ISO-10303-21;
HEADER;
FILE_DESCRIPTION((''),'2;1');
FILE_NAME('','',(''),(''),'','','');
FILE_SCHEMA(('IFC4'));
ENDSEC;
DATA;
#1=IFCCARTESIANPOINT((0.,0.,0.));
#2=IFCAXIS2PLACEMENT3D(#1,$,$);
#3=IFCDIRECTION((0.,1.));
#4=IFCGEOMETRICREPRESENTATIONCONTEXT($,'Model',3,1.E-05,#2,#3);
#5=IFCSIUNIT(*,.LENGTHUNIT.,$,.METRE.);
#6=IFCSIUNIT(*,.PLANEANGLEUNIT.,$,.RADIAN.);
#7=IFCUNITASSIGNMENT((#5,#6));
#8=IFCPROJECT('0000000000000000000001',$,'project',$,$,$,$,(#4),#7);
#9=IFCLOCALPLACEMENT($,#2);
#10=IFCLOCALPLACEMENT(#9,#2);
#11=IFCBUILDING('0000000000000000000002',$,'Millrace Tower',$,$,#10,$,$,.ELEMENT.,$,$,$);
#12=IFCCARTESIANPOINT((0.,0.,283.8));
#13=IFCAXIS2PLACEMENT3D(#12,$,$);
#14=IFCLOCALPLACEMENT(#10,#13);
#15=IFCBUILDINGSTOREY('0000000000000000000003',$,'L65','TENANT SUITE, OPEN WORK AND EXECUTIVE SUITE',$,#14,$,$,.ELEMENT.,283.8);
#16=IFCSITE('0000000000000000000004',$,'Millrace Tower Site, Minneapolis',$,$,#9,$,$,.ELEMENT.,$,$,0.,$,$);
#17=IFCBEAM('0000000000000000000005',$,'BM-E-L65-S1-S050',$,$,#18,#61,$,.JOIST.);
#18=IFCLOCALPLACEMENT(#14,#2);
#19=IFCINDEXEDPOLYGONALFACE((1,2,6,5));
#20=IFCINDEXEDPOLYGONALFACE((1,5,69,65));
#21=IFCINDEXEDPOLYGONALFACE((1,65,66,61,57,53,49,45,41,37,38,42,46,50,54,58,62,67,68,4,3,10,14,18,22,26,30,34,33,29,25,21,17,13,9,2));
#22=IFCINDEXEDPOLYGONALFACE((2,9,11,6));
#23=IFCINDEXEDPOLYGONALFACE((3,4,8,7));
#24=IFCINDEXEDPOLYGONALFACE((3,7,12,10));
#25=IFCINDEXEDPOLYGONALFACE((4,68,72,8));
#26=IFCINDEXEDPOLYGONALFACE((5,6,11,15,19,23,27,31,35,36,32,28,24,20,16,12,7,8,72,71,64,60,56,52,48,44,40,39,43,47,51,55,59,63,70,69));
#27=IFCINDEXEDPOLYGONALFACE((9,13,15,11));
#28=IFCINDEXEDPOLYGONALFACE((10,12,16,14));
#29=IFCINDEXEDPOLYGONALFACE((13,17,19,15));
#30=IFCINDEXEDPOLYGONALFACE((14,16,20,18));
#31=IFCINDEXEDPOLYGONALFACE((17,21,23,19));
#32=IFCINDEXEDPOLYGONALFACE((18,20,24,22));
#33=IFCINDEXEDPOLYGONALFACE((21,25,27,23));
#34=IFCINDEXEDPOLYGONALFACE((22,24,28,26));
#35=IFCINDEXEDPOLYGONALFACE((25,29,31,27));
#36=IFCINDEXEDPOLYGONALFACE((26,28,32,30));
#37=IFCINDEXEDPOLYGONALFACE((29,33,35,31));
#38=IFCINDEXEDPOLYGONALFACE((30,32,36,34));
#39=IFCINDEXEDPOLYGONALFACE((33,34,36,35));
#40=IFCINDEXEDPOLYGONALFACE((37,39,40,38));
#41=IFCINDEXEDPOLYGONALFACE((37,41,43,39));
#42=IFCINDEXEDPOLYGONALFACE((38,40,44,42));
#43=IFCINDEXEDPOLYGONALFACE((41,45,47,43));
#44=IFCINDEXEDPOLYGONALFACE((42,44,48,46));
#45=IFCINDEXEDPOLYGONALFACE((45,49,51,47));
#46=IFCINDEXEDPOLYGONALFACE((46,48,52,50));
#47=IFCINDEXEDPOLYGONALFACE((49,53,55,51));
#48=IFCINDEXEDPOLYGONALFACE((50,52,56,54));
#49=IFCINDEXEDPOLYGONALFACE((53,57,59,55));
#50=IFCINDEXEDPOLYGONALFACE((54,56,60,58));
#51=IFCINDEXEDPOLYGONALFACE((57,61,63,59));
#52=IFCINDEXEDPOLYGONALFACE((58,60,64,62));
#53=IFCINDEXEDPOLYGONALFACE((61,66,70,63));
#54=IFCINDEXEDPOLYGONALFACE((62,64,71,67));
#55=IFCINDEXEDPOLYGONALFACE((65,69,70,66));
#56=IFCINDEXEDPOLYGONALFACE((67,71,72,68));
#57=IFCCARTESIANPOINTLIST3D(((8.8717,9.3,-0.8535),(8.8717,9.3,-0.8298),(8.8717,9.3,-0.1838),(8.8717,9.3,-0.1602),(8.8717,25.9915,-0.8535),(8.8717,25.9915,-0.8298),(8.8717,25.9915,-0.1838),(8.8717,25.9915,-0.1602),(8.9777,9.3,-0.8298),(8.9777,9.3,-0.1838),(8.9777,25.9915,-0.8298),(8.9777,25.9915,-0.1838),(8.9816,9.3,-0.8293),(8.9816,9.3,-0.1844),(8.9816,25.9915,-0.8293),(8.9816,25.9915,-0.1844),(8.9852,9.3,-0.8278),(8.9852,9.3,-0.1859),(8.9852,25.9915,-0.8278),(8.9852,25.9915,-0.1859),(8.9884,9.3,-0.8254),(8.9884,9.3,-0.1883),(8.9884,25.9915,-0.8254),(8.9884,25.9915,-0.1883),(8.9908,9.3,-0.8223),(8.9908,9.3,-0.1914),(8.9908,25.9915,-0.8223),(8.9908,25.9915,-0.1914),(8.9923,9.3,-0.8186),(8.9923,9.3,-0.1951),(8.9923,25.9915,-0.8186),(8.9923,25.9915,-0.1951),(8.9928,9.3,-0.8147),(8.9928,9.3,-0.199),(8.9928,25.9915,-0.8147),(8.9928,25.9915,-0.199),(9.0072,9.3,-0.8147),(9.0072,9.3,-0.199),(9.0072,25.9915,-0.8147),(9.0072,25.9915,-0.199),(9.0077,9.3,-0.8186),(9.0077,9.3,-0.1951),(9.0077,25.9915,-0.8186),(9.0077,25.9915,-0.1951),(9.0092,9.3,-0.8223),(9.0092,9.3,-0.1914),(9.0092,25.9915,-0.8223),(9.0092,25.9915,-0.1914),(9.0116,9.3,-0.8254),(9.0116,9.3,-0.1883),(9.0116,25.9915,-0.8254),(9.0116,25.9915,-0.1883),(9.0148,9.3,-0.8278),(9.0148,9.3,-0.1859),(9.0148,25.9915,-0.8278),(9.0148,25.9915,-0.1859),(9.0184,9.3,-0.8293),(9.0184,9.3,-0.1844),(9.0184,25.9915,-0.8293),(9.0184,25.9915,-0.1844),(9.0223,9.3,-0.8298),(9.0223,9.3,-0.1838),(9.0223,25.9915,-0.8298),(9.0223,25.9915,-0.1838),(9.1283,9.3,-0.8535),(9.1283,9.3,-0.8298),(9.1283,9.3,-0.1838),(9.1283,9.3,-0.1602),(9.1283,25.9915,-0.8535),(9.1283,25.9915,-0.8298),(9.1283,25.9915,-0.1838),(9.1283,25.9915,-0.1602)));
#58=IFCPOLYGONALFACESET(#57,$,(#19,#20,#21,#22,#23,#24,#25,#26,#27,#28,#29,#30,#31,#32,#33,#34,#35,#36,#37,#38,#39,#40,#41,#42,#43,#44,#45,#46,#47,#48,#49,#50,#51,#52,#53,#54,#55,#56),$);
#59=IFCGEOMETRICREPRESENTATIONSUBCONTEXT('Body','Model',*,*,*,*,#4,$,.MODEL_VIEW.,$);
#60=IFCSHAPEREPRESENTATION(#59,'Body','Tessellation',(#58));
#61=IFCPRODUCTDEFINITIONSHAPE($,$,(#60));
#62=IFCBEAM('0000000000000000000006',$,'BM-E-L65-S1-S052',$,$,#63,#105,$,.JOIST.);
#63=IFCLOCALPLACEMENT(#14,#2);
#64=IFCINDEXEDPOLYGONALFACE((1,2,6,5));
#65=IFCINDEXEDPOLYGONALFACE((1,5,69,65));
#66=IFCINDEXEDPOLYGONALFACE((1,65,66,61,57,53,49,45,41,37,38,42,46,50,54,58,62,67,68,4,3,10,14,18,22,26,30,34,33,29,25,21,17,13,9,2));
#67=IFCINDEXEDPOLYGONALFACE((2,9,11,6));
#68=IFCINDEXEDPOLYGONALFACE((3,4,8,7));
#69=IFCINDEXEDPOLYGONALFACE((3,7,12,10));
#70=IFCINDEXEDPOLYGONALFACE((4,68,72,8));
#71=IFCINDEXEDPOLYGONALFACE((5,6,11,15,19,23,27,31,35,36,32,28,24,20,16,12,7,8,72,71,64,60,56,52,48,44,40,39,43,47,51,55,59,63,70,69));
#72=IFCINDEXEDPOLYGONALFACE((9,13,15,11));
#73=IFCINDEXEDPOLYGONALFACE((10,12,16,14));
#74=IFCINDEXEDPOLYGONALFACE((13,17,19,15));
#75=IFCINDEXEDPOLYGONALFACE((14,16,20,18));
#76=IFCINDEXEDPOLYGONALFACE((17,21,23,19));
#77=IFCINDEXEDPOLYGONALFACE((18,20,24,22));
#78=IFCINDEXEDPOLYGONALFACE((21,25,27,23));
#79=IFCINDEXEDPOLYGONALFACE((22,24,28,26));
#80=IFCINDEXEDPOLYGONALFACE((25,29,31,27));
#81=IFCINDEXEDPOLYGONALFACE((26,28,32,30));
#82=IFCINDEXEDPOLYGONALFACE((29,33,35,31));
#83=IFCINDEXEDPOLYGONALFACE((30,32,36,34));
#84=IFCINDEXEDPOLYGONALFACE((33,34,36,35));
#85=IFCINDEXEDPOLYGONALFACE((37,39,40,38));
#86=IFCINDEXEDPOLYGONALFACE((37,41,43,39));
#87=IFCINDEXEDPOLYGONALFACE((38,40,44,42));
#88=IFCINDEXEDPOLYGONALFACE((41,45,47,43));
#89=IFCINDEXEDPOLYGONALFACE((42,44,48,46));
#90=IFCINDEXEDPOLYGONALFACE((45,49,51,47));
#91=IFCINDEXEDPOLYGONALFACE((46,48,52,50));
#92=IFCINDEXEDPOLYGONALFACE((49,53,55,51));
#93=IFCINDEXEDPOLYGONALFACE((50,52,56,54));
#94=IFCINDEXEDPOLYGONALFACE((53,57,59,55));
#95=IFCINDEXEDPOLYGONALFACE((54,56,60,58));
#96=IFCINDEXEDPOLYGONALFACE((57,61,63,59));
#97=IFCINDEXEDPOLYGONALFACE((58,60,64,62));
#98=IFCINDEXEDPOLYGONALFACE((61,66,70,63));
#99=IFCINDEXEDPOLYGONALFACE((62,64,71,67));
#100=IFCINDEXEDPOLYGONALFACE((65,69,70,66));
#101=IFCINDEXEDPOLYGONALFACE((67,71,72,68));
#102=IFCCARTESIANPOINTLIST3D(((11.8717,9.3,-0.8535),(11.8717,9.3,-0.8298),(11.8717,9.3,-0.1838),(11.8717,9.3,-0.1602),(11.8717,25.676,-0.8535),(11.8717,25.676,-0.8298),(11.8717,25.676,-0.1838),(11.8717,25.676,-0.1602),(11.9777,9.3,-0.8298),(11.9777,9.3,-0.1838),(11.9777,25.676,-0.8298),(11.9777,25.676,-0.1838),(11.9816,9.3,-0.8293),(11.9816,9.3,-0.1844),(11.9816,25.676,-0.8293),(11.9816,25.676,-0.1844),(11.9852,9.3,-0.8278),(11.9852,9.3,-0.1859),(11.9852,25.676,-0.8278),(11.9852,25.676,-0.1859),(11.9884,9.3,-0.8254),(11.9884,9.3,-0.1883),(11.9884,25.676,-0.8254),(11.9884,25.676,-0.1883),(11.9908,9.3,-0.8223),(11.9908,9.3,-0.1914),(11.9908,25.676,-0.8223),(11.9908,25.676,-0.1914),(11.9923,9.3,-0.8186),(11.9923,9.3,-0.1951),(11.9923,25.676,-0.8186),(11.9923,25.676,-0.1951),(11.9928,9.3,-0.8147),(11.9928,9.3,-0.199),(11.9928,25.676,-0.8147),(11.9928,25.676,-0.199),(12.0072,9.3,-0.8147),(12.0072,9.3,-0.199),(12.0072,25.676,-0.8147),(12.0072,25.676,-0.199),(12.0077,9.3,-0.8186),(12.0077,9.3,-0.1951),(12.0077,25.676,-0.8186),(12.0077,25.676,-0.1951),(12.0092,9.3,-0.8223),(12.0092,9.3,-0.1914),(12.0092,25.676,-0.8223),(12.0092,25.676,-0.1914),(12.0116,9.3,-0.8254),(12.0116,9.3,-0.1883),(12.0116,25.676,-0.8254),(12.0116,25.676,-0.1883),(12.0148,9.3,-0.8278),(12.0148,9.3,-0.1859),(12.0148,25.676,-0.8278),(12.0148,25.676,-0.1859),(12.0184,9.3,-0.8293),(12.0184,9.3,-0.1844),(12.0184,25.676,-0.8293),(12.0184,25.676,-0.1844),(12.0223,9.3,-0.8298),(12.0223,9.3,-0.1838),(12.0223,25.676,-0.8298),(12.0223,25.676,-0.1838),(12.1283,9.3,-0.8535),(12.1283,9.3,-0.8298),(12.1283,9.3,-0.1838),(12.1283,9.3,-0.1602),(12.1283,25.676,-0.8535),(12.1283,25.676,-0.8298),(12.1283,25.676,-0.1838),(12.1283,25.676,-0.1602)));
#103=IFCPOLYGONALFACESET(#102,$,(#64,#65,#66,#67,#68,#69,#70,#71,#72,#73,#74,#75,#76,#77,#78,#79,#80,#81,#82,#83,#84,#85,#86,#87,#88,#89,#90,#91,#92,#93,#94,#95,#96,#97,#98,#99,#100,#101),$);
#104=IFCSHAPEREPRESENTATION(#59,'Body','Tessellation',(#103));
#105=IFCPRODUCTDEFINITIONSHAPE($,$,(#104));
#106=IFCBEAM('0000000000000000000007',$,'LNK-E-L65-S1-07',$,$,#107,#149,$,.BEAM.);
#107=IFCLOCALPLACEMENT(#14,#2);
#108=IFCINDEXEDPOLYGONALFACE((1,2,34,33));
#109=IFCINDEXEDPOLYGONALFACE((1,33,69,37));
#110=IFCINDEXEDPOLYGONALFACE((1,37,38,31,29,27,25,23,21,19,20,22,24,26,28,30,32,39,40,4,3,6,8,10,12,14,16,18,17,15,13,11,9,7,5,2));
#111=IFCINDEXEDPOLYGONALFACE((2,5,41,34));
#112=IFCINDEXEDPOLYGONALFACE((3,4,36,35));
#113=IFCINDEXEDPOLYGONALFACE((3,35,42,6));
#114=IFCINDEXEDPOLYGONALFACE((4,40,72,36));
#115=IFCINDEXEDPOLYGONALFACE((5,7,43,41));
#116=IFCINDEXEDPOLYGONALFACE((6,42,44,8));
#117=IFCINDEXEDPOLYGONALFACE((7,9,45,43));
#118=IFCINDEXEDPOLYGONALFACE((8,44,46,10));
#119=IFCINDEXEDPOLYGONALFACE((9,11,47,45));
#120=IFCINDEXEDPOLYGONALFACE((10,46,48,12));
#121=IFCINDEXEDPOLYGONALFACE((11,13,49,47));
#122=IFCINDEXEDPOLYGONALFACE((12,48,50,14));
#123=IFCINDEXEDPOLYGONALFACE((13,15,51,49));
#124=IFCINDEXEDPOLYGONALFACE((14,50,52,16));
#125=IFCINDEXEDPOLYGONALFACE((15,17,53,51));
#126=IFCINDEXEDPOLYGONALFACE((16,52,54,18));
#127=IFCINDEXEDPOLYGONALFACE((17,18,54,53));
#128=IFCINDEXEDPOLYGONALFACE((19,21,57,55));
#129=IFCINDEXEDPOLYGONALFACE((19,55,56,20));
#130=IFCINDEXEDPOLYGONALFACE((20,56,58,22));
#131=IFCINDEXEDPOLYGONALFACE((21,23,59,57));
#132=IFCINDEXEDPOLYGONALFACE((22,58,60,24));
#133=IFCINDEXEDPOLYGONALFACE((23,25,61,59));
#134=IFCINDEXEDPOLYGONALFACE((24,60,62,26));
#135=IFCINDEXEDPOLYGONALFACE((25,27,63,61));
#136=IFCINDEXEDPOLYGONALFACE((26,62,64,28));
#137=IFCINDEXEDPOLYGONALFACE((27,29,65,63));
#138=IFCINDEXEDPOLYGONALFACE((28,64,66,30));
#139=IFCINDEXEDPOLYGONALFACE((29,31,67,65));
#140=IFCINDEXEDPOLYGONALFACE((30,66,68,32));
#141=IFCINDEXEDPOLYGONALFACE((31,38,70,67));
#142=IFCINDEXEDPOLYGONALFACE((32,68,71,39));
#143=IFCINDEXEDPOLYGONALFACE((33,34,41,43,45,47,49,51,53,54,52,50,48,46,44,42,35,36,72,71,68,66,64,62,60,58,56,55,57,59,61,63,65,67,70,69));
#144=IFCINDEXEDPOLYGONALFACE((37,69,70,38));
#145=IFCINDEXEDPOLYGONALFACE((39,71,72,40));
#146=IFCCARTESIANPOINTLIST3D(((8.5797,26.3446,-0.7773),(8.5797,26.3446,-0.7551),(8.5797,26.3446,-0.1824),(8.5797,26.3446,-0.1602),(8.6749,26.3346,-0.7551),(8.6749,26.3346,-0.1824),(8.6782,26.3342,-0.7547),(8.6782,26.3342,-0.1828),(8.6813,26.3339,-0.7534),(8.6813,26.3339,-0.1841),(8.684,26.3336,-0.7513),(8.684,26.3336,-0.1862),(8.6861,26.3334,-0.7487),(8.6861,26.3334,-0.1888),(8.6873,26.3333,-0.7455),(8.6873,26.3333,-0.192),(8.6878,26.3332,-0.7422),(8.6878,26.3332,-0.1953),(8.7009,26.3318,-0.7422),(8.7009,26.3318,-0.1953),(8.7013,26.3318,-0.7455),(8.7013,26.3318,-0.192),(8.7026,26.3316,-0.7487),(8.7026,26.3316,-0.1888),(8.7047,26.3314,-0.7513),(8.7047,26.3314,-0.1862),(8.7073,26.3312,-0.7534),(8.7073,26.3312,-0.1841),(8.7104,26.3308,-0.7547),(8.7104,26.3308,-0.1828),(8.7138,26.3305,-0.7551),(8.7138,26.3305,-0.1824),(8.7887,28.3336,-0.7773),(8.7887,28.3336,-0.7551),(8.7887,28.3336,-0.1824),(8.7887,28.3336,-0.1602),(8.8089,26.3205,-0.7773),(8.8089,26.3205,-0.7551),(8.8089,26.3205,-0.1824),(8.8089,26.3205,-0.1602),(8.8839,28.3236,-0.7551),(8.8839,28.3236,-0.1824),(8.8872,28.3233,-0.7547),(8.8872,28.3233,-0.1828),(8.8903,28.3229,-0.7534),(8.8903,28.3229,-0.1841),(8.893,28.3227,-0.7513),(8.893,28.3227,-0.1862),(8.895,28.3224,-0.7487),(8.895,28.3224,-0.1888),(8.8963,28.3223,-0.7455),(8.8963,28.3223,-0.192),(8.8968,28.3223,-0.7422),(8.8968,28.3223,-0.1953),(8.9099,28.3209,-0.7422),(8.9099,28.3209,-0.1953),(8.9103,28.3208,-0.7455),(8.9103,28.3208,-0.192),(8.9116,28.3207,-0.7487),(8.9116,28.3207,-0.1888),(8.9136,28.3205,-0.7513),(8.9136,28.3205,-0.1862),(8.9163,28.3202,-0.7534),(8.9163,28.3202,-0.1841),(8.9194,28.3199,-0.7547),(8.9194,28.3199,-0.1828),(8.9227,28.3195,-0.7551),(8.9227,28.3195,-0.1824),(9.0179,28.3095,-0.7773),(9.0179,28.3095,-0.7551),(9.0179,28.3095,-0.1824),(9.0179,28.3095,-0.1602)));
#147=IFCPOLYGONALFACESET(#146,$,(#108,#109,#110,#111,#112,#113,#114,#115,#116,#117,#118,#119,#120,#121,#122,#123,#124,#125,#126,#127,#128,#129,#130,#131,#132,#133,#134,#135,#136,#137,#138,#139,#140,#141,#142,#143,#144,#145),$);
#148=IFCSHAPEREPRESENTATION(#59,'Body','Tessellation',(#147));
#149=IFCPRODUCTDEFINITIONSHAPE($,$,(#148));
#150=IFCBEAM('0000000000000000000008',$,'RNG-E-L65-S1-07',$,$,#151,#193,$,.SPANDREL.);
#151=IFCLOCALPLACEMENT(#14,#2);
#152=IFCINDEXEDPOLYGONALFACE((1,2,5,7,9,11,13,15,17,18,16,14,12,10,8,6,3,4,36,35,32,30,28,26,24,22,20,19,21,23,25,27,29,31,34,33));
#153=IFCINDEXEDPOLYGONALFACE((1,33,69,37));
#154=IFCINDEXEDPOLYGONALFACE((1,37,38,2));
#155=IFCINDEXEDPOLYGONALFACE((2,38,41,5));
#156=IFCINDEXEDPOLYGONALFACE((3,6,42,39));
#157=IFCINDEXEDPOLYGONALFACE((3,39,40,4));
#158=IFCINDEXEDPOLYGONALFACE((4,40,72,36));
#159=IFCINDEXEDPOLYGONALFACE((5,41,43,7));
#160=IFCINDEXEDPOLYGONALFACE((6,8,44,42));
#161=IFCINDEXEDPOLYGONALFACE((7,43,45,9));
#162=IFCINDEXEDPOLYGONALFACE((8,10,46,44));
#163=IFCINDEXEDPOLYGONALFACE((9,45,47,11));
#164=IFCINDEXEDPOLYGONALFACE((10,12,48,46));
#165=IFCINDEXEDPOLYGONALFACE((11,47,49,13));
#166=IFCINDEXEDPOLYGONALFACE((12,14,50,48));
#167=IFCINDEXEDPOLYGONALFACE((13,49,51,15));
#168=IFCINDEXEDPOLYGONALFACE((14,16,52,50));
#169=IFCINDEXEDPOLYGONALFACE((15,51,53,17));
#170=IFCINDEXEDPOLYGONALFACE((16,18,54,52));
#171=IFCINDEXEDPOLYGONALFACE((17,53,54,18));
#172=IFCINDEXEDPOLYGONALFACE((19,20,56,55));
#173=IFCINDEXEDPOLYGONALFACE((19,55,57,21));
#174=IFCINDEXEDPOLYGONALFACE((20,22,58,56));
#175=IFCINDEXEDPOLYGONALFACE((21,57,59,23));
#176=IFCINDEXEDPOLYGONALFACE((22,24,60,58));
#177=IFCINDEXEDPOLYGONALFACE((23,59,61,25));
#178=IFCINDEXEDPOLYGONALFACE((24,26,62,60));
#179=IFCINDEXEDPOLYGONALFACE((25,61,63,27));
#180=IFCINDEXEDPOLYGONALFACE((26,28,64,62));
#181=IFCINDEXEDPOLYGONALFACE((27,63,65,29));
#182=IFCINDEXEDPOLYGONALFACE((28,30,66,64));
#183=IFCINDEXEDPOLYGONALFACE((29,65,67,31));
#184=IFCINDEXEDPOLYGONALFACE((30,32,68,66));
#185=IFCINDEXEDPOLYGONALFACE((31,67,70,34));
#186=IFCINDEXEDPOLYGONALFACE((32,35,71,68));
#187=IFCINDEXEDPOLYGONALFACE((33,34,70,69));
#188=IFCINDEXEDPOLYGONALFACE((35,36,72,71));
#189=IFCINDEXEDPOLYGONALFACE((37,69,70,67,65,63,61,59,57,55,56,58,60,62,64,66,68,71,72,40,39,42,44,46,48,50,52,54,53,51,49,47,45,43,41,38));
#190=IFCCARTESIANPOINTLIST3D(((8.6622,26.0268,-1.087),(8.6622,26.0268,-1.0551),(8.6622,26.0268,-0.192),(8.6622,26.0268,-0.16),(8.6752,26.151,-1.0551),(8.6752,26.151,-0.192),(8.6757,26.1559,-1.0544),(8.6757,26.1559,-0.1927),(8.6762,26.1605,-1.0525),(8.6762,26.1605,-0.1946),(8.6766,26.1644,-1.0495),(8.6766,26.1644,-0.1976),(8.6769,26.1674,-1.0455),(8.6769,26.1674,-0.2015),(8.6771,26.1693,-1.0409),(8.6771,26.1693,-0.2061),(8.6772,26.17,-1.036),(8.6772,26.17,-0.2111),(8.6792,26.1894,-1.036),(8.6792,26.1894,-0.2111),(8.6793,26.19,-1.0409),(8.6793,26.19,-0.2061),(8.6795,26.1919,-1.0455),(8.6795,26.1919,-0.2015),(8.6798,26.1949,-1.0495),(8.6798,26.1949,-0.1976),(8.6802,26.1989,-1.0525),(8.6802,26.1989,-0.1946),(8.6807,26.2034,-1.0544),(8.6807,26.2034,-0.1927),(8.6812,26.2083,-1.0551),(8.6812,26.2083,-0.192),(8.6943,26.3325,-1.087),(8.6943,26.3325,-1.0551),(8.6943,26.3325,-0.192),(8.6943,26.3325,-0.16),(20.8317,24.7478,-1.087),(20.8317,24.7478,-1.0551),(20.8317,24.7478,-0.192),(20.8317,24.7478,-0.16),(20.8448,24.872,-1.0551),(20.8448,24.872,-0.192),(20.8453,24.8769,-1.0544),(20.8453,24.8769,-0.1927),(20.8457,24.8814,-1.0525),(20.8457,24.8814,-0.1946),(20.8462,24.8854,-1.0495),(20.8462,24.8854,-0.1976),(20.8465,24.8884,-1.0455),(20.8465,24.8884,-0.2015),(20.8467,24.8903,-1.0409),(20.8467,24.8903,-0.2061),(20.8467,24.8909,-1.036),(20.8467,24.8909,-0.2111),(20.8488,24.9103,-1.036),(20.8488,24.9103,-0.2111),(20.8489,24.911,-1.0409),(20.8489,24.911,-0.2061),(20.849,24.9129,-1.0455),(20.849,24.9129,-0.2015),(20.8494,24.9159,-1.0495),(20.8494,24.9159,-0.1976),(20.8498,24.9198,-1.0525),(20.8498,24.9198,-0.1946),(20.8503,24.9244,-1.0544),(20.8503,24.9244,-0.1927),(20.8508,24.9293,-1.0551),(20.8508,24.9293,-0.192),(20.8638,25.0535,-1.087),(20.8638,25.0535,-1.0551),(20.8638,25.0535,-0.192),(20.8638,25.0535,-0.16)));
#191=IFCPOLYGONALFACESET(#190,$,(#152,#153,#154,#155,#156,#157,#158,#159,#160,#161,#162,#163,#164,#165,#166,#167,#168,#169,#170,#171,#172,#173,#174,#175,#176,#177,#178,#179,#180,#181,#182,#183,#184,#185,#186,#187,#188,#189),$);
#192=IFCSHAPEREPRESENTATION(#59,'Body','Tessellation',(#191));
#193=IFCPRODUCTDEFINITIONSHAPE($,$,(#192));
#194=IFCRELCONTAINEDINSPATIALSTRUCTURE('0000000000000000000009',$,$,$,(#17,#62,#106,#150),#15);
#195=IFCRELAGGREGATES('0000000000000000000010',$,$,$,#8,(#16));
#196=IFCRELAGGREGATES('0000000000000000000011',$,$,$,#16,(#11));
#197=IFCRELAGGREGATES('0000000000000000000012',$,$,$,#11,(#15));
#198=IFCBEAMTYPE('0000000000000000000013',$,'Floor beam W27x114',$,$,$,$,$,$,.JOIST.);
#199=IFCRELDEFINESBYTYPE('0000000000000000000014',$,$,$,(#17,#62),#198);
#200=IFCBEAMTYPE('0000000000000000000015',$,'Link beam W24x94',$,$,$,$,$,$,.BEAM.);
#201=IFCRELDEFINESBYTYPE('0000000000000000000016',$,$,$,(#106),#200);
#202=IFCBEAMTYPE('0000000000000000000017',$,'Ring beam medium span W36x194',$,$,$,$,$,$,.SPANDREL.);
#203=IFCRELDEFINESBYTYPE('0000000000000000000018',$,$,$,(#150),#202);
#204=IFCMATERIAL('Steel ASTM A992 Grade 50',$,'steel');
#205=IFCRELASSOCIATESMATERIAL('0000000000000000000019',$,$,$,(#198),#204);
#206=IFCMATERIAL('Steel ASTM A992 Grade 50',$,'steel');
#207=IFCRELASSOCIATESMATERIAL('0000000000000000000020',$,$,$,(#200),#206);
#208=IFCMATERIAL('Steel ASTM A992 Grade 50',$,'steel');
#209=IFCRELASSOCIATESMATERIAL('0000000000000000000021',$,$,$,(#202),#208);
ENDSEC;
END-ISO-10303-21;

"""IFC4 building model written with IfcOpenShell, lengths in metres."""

from ifc_helpers import new_model, si_unit, direction, frame, origin, origin_2d, place, context, subcontext, project, spatial, i_section, extrude, material, material_profile, profile_set, type_object, element, save


model = new_model("IFC4")

# Units and contexts
model_context = context("Model", 3, precision=1e-05, world=origin(), true_north=direction((0.0, 1.0)))
body_context = subcontext(model_context, "Body", "Model", "MODEL_VIEW")
ifc_project = project(units=[si_unit("LENGTHUNIT", "METRE"), si_unit("PLANEANGLEUNIT", "RADIAN")], contexts=[model_context])

# Site, building, storey
site_placement = place(None, origin())
site = spatial("IfcSite", under=ifc_project, at=site_placement, Name="Millrace Tower Site, Minneapolis", CompositionType="ELEMENT", RefElevation=0.0)
building_placement = place(site_placement, origin())
building = spatial("IfcBuilding", under=site, at=building_placement, Name="Millrace Tower", CompositionType="ELEMENT")
storey_placement = place(building_placement, frame((0.0, 0.0, 283.8)))
storey = spatial("IfcBuildingStorey", under=building, at=storey_placement, Name="L65", Description="TENANT SUITE, OPEN WORK AND EXECUTIVE SUITE", CompositionType="ELEMENT", Elevation=283.8)

# Beams
ifc_material_1 = material(Name="Steel ASTM A992 Grade 50", Category="steel")
ifc_material_profile_1 = material_profile(ifc_material_1, i_section(OverallWidth=0.2566, OverallDepth=0.6934, WebThickness=0.0144, FlangeThickness=0.0237, FilletRadius=0.0151, at=origin_2d()))
ifc_profile_set_1 = profile_set([ifc_material_profile_1], Name="Steel ASTM A992 Grade 50")
beam_type_1 = type_object("IfcBeamType", Name="Floor beam W27x114", PredefinedType="JOIST", material=ifc_profile_set_1)
beam_1_placement = place(storey_placement, frame((9.0, 9.3, -0.5068), z_axis=(0.0, 1.0, 0.0), x_axis=(-1.0, 0.0, 0.0)))
element("IfcBeam", 1, at=beam_1_placement, inside=storey, type_object=beam_type_1, Name="BM-E-L65-S1-S050", PredefinedType="JOIST", context=body_context, shape_type="SweptSolid", body=[
    extrude(i_section(OverallWidth=0.2566, OverallDepth=0.6934, WebThickness=0.0144, FlangeThickness=0.0237, FilletRadius=0.0151, at=origin_2d()), origin(), (0.0, 0.0, 1.0), 16.6914),
])
beam_2_placement = place(storey_placement, frame((12.0, 9.3, -0.5068), z_axis=(0.0, 1.0, 0.0), x_axis=(-1.0, 0.0, 0.0)))
element("IfcBeam", 2, at=beam_2_placement, inside=storey, type_object=beam_type_1, Name="BM-E-L65-S1-S052", PredefinedType="JOIST", context=body_context, shape_type="SweptSolid", body=[
    extrude(i_section(OverallWidth=0.2566, OverallDepth=0.6934, WebThickness=0.0144, FlangeThickness=0.0237, FilletRadius=0.0151, at=origin_2d()), origin(), (0.0, 0.0, 1.0), 16.376),
])
ifc_material_2 = material(Name="Steel ASTM A992 Grade 50", Category="steel")
ifc_material_profile_2 = material_profile(ifc_material_2, i_section(OverallWidth=0.2305, OverallDepth=0.6172, WebThickness=0.0132, FlangeThickness=0.0222, FilletRadius=0.0129, at=origin_2d()))
ifc_profile_set_2 = profile_set([ifc_material_profile_2], Name="Steel ASTM A992 Grade 50")
beam_type_2 = type_object("IfcBeamType", Name="Link beam W24x94", PredefinedType="BEAM", material=ifc_profile_set_2)
beam_3_placement = place(storey_placement, frame((8.6943, 26.3325, -0.4688), z_axis=(0.104494, 0.994526, 0.0), x_axis=(-0.994526, 0.104494, 0.0)))
element("IfcBeam", 3, at=beam_3_placement, inside=storey, type_object=beam_type_2, Name="LNK-E-L65-S1-07", PredefinedType="BEAM", context=body_context, shape_type="SweptSolid", body=[
    extrude(i_section(OverallWidth=0.2305, OverallDepth=0.6172, WebThickness=0.0132, FlangeThickness=0.0222, FilletRadius=0.0129, at=origin_2d()), origin(), (0.0, 0.0, 1.0), 2.0),
])
ifc_material_3 = material(Name="Steel ASTM A992 Grade 50", Category="steel")
ifc_material_profile_3 = material_profile(ifc_material_3, i_section(OverallWidth=0.3074, OverallDepth=0.927, WebThickness=0.0195, FlangeThickness=0.032, FilletRadius=0.019, at=origin_2d()))
ifc_profile_set_3 = profile_set([ifc_material_profile_3], Name="Steel ASTM A992 Grade 50")
beam_type_3 = type_object("IfcBeamType", Name="Ring beam medium span W36x194", PredefinedType="SPANDREL", material=ifc_profile_set_3)
beam_4_placement = place(storey_placement, frame((8.6782, 26.1797, -0.6235), z_axis=(0.994522, -0.104528, 0.0), x_axis=(0.104528, 0.994522, 0.0)))
element("IfcBeam", 4, at=beam_4_placement, inside=storey, type_object=beam_type_3, Name="RNG-E-L65-S1-07", PredefinedType="SPANDREL", context=body_context, shape_type="SweptSolid", body=[
    extrude(i_section(OverallWidth=0.3074, OverallDepth=0.927, WebThickness=0.0195, FlangeThickness=0.032, FilletRadius=0.019, at=origin_2d()), origin(), (0.0, 0.0, 1.0), 12.2366),
])

save(model, "model.ifc")
